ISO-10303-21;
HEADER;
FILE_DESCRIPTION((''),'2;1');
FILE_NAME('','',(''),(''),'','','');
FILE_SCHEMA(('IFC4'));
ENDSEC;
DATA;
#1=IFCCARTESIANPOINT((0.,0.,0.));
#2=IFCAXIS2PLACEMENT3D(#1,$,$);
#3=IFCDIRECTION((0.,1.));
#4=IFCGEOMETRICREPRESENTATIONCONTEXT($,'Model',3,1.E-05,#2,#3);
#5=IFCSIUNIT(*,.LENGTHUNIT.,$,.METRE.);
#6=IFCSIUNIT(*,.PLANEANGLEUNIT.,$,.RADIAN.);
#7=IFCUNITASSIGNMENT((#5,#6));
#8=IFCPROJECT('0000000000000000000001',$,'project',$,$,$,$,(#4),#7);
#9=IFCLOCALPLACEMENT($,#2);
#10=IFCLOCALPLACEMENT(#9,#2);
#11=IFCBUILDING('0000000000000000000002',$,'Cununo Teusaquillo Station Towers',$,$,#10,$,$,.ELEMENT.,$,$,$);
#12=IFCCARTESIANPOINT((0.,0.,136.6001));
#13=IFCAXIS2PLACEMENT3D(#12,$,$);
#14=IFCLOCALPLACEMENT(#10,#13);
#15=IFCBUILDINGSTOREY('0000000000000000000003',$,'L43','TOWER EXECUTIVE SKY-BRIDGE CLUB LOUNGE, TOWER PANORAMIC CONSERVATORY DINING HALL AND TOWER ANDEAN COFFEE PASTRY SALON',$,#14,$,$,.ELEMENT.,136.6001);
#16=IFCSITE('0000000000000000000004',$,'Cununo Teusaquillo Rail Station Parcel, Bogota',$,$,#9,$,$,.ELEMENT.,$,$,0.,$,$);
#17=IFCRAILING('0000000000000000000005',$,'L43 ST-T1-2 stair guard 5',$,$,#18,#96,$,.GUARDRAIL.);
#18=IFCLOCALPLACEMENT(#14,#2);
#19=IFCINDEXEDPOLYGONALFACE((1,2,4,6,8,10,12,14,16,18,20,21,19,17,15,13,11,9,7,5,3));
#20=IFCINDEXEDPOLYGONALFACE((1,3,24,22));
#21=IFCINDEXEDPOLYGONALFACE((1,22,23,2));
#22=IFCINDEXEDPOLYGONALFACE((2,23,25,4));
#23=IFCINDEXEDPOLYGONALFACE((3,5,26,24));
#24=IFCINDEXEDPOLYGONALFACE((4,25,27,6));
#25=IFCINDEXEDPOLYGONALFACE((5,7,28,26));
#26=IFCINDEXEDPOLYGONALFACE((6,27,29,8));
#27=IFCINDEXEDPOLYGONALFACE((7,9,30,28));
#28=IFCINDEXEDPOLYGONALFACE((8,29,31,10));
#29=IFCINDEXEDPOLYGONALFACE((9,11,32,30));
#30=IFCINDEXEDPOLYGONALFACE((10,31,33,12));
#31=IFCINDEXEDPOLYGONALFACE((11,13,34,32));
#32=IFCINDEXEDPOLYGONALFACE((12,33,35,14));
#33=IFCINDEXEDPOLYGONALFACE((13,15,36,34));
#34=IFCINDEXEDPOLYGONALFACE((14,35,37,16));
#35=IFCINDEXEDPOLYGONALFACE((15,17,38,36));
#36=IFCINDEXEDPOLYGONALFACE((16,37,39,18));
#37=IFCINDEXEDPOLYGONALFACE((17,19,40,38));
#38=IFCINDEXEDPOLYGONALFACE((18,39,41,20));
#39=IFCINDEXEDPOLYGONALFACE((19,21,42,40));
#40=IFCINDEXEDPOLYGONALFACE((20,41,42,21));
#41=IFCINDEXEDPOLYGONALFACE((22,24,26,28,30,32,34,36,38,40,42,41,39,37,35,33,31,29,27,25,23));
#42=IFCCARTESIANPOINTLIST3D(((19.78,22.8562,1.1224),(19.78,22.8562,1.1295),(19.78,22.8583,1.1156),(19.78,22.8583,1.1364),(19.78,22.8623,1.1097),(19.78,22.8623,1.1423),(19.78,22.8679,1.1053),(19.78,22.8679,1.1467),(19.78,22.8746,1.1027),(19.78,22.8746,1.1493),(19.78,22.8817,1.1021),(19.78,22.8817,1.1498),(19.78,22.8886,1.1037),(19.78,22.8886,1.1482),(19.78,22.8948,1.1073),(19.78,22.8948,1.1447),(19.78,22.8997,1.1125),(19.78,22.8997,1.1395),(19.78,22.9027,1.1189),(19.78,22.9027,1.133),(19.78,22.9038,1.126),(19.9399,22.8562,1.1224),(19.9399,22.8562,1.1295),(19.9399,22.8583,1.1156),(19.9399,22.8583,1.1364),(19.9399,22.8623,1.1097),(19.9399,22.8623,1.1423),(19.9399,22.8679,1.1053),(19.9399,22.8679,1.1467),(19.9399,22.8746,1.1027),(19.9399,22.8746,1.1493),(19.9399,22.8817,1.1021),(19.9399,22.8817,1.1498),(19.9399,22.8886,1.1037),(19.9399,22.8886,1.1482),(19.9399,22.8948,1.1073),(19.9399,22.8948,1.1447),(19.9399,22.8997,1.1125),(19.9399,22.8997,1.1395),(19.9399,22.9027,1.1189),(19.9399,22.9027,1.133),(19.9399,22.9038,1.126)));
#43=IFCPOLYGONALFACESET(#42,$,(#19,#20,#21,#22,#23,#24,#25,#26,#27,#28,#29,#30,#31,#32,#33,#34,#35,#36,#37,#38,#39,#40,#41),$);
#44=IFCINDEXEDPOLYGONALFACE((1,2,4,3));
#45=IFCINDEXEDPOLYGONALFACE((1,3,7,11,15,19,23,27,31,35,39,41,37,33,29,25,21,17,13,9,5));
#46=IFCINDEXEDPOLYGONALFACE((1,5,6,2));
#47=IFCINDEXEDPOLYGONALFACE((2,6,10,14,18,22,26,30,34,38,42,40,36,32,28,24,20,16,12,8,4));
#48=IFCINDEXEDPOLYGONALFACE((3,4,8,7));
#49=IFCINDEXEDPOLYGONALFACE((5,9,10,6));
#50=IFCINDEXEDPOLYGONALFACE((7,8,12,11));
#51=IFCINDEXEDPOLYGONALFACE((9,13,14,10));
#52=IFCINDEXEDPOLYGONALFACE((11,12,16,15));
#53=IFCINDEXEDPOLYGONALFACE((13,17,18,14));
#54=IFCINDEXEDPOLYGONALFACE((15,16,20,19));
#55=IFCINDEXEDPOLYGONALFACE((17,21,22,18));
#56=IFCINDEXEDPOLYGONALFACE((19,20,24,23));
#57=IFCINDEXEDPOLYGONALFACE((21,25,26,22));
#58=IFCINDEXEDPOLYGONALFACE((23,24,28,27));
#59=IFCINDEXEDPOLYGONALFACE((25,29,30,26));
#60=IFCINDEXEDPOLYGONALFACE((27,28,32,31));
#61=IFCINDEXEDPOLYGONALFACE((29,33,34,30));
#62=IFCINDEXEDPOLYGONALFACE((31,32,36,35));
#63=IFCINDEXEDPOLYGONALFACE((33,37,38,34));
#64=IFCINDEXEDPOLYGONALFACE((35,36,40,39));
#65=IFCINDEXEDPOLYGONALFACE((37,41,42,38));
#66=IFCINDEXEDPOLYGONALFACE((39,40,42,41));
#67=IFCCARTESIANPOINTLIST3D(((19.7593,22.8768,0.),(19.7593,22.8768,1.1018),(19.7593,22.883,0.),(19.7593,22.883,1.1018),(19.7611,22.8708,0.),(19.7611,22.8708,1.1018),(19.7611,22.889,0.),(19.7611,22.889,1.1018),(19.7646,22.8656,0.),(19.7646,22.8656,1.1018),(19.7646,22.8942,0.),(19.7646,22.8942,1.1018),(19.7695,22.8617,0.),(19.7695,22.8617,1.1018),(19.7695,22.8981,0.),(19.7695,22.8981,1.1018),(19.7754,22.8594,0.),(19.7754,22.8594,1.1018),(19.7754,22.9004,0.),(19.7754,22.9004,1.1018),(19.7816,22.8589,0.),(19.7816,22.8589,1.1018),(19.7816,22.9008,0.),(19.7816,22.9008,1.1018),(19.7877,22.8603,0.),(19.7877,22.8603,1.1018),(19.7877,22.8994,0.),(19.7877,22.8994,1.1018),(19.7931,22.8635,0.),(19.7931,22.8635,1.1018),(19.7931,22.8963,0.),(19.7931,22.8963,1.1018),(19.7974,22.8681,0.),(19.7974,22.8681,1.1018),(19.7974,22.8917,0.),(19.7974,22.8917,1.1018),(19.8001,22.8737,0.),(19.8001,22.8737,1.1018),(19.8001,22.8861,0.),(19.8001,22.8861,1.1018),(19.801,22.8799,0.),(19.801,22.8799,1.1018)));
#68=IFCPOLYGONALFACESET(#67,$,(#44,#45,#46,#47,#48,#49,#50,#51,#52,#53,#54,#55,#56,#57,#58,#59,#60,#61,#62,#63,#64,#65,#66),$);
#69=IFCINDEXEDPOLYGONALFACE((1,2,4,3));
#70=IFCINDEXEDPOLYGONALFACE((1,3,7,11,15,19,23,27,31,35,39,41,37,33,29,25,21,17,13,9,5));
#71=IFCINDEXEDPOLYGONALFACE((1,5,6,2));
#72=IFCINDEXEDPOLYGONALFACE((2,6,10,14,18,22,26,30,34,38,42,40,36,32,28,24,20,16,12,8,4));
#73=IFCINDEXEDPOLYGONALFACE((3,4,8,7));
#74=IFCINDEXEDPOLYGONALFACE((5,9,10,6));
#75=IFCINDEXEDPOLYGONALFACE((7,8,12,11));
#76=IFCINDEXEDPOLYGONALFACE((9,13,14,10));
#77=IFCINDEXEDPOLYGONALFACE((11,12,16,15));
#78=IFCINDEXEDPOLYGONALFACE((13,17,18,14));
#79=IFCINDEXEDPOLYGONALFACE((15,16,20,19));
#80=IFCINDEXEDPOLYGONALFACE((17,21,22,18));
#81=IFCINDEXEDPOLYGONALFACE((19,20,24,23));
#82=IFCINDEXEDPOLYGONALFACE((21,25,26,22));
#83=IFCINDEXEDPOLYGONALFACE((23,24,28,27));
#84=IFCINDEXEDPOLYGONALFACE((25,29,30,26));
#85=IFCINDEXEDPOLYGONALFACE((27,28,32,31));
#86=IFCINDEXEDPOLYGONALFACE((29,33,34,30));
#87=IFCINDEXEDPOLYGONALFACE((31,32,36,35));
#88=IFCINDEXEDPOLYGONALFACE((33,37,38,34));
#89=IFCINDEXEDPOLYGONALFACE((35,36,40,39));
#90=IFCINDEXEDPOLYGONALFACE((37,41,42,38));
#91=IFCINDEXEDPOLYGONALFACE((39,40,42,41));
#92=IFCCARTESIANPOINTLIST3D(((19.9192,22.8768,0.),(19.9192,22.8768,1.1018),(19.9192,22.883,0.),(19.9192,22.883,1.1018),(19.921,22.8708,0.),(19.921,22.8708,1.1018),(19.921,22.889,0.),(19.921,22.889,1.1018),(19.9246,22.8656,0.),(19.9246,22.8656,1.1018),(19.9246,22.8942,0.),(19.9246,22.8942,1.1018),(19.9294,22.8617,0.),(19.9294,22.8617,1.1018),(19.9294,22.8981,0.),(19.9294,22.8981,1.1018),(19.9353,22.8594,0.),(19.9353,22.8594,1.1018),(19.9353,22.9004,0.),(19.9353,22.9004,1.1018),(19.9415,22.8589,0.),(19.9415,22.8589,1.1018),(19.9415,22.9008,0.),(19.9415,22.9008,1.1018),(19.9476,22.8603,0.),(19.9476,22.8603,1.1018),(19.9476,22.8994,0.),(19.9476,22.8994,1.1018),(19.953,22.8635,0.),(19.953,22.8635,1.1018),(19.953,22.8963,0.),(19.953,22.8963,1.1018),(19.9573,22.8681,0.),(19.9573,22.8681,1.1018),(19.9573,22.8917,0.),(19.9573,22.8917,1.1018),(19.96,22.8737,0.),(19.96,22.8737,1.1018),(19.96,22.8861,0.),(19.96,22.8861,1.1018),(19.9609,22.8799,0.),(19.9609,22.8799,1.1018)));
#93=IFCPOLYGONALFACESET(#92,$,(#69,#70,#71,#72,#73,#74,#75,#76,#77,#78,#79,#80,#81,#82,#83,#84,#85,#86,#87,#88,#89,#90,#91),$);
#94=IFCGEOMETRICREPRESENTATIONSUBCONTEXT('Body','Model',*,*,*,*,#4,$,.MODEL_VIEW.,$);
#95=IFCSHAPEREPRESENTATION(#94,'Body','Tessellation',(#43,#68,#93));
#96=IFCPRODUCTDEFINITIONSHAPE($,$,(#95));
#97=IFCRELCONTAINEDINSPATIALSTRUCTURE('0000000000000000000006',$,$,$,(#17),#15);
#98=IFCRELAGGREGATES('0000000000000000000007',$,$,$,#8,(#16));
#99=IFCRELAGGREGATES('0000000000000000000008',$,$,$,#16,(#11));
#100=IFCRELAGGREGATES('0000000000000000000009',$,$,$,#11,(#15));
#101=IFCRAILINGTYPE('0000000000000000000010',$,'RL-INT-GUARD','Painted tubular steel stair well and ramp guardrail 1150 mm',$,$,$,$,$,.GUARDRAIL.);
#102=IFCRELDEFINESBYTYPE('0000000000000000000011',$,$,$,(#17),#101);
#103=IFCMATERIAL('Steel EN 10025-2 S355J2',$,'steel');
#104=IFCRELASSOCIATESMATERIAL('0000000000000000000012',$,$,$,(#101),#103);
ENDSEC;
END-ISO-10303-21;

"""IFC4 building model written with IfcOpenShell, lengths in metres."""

from ifc_helpers import new_model, si_unit, direction, frame, origin, origin_2d, place, context, subcontext, project, spatial, circle, extrude, material, type_object, element, save


model = new_model("IFC4")

# Units and contexts
model_context = context("Model", 3, precision=1e-05, world=origin(), true_north=direction((0.0, 1.0)))
body_context = subcontext(model_context, "Body", "Model", "MODEL_VIEW")
ifc_project = project(units=[si_unit("LENGTHUNIT", "METRE"), si_unit("PLANEANGLEUNIT", "RADIAN")], contexts=[model_context])

# Site, building, storey
site_placement = place(None, origin())
site = spatial("IfcSite", under=ifc_project, at=site_placement, Name="Cununo Teusaquillo Rail Station Parcel, Bogota", CompositionType="ELEMENT", RefElevation=0.0)
building_placement = place(site_placement, origin())
building = spatial("IfcBuilding", under=site, at=building_placement, Name="Cununo Teusaquillo Station Towers", CompositionType="ELEMENT")
storey_placement = place(building_placement, frame((0.0, 0.0, 136.6001)))
storey = spatial("IfcBuildingStorey", under=building, at=storey_placement, Name="L43", Description="TOWER EXECUTIVE SKY-BRIDGE CLUB LOUNGE, TOWER PANORAMIC CONSERVATORY DINING HALL AND TOWER ANDEAN COFFEE PASTRY SALON", CompositionType="ELEMENT", Elevation=136.6001)

# Railing
ifc_material_1 = material(Name="Steel EN 10025-2 S355J2", Category="steel")
railing_type_1 = type_object("IfcRailingType", Name="RL-INT-GUARD", Description="Painted tubular steel stair well and ramp guardrail 1150 mm", PredefinedType="GUARDRAIL", material=ifc_material_1)
railing_1_placement = place(storey_placement, frame((19.78, 22.8799, 0.0)))
element("IfcRailing", 1, at=railing_1_placement, inside=storey, type_object=railing_type_1, Name="L43 ST-T1-2 stair guard 5", PredefinedType="GUARDRAIL", context=body_context, shape_type="SweptSolid", body=[
    extrude(circle(Radius=0.0239, at=origin_2d()), frame((0.0, 0.0, 1.126), z_axis=(1.0, 0.0, 0.0), x_axis=(0.0, 1.0, 0.0)), (0.0, 0.0, 1.0), 0.1599),
    extrude(circle(Radius=0.021, at=origin_2d()), origin(), (0.0, 0.0, 1.0), 1.1018),
    extrude(circle(Radius=0.021, at=origin_2d()), frame((0.1599, 0.0, 0.0)), (0.0, 0.0, 1.0), 1.1018),
])

save(model, "model.ifc")
